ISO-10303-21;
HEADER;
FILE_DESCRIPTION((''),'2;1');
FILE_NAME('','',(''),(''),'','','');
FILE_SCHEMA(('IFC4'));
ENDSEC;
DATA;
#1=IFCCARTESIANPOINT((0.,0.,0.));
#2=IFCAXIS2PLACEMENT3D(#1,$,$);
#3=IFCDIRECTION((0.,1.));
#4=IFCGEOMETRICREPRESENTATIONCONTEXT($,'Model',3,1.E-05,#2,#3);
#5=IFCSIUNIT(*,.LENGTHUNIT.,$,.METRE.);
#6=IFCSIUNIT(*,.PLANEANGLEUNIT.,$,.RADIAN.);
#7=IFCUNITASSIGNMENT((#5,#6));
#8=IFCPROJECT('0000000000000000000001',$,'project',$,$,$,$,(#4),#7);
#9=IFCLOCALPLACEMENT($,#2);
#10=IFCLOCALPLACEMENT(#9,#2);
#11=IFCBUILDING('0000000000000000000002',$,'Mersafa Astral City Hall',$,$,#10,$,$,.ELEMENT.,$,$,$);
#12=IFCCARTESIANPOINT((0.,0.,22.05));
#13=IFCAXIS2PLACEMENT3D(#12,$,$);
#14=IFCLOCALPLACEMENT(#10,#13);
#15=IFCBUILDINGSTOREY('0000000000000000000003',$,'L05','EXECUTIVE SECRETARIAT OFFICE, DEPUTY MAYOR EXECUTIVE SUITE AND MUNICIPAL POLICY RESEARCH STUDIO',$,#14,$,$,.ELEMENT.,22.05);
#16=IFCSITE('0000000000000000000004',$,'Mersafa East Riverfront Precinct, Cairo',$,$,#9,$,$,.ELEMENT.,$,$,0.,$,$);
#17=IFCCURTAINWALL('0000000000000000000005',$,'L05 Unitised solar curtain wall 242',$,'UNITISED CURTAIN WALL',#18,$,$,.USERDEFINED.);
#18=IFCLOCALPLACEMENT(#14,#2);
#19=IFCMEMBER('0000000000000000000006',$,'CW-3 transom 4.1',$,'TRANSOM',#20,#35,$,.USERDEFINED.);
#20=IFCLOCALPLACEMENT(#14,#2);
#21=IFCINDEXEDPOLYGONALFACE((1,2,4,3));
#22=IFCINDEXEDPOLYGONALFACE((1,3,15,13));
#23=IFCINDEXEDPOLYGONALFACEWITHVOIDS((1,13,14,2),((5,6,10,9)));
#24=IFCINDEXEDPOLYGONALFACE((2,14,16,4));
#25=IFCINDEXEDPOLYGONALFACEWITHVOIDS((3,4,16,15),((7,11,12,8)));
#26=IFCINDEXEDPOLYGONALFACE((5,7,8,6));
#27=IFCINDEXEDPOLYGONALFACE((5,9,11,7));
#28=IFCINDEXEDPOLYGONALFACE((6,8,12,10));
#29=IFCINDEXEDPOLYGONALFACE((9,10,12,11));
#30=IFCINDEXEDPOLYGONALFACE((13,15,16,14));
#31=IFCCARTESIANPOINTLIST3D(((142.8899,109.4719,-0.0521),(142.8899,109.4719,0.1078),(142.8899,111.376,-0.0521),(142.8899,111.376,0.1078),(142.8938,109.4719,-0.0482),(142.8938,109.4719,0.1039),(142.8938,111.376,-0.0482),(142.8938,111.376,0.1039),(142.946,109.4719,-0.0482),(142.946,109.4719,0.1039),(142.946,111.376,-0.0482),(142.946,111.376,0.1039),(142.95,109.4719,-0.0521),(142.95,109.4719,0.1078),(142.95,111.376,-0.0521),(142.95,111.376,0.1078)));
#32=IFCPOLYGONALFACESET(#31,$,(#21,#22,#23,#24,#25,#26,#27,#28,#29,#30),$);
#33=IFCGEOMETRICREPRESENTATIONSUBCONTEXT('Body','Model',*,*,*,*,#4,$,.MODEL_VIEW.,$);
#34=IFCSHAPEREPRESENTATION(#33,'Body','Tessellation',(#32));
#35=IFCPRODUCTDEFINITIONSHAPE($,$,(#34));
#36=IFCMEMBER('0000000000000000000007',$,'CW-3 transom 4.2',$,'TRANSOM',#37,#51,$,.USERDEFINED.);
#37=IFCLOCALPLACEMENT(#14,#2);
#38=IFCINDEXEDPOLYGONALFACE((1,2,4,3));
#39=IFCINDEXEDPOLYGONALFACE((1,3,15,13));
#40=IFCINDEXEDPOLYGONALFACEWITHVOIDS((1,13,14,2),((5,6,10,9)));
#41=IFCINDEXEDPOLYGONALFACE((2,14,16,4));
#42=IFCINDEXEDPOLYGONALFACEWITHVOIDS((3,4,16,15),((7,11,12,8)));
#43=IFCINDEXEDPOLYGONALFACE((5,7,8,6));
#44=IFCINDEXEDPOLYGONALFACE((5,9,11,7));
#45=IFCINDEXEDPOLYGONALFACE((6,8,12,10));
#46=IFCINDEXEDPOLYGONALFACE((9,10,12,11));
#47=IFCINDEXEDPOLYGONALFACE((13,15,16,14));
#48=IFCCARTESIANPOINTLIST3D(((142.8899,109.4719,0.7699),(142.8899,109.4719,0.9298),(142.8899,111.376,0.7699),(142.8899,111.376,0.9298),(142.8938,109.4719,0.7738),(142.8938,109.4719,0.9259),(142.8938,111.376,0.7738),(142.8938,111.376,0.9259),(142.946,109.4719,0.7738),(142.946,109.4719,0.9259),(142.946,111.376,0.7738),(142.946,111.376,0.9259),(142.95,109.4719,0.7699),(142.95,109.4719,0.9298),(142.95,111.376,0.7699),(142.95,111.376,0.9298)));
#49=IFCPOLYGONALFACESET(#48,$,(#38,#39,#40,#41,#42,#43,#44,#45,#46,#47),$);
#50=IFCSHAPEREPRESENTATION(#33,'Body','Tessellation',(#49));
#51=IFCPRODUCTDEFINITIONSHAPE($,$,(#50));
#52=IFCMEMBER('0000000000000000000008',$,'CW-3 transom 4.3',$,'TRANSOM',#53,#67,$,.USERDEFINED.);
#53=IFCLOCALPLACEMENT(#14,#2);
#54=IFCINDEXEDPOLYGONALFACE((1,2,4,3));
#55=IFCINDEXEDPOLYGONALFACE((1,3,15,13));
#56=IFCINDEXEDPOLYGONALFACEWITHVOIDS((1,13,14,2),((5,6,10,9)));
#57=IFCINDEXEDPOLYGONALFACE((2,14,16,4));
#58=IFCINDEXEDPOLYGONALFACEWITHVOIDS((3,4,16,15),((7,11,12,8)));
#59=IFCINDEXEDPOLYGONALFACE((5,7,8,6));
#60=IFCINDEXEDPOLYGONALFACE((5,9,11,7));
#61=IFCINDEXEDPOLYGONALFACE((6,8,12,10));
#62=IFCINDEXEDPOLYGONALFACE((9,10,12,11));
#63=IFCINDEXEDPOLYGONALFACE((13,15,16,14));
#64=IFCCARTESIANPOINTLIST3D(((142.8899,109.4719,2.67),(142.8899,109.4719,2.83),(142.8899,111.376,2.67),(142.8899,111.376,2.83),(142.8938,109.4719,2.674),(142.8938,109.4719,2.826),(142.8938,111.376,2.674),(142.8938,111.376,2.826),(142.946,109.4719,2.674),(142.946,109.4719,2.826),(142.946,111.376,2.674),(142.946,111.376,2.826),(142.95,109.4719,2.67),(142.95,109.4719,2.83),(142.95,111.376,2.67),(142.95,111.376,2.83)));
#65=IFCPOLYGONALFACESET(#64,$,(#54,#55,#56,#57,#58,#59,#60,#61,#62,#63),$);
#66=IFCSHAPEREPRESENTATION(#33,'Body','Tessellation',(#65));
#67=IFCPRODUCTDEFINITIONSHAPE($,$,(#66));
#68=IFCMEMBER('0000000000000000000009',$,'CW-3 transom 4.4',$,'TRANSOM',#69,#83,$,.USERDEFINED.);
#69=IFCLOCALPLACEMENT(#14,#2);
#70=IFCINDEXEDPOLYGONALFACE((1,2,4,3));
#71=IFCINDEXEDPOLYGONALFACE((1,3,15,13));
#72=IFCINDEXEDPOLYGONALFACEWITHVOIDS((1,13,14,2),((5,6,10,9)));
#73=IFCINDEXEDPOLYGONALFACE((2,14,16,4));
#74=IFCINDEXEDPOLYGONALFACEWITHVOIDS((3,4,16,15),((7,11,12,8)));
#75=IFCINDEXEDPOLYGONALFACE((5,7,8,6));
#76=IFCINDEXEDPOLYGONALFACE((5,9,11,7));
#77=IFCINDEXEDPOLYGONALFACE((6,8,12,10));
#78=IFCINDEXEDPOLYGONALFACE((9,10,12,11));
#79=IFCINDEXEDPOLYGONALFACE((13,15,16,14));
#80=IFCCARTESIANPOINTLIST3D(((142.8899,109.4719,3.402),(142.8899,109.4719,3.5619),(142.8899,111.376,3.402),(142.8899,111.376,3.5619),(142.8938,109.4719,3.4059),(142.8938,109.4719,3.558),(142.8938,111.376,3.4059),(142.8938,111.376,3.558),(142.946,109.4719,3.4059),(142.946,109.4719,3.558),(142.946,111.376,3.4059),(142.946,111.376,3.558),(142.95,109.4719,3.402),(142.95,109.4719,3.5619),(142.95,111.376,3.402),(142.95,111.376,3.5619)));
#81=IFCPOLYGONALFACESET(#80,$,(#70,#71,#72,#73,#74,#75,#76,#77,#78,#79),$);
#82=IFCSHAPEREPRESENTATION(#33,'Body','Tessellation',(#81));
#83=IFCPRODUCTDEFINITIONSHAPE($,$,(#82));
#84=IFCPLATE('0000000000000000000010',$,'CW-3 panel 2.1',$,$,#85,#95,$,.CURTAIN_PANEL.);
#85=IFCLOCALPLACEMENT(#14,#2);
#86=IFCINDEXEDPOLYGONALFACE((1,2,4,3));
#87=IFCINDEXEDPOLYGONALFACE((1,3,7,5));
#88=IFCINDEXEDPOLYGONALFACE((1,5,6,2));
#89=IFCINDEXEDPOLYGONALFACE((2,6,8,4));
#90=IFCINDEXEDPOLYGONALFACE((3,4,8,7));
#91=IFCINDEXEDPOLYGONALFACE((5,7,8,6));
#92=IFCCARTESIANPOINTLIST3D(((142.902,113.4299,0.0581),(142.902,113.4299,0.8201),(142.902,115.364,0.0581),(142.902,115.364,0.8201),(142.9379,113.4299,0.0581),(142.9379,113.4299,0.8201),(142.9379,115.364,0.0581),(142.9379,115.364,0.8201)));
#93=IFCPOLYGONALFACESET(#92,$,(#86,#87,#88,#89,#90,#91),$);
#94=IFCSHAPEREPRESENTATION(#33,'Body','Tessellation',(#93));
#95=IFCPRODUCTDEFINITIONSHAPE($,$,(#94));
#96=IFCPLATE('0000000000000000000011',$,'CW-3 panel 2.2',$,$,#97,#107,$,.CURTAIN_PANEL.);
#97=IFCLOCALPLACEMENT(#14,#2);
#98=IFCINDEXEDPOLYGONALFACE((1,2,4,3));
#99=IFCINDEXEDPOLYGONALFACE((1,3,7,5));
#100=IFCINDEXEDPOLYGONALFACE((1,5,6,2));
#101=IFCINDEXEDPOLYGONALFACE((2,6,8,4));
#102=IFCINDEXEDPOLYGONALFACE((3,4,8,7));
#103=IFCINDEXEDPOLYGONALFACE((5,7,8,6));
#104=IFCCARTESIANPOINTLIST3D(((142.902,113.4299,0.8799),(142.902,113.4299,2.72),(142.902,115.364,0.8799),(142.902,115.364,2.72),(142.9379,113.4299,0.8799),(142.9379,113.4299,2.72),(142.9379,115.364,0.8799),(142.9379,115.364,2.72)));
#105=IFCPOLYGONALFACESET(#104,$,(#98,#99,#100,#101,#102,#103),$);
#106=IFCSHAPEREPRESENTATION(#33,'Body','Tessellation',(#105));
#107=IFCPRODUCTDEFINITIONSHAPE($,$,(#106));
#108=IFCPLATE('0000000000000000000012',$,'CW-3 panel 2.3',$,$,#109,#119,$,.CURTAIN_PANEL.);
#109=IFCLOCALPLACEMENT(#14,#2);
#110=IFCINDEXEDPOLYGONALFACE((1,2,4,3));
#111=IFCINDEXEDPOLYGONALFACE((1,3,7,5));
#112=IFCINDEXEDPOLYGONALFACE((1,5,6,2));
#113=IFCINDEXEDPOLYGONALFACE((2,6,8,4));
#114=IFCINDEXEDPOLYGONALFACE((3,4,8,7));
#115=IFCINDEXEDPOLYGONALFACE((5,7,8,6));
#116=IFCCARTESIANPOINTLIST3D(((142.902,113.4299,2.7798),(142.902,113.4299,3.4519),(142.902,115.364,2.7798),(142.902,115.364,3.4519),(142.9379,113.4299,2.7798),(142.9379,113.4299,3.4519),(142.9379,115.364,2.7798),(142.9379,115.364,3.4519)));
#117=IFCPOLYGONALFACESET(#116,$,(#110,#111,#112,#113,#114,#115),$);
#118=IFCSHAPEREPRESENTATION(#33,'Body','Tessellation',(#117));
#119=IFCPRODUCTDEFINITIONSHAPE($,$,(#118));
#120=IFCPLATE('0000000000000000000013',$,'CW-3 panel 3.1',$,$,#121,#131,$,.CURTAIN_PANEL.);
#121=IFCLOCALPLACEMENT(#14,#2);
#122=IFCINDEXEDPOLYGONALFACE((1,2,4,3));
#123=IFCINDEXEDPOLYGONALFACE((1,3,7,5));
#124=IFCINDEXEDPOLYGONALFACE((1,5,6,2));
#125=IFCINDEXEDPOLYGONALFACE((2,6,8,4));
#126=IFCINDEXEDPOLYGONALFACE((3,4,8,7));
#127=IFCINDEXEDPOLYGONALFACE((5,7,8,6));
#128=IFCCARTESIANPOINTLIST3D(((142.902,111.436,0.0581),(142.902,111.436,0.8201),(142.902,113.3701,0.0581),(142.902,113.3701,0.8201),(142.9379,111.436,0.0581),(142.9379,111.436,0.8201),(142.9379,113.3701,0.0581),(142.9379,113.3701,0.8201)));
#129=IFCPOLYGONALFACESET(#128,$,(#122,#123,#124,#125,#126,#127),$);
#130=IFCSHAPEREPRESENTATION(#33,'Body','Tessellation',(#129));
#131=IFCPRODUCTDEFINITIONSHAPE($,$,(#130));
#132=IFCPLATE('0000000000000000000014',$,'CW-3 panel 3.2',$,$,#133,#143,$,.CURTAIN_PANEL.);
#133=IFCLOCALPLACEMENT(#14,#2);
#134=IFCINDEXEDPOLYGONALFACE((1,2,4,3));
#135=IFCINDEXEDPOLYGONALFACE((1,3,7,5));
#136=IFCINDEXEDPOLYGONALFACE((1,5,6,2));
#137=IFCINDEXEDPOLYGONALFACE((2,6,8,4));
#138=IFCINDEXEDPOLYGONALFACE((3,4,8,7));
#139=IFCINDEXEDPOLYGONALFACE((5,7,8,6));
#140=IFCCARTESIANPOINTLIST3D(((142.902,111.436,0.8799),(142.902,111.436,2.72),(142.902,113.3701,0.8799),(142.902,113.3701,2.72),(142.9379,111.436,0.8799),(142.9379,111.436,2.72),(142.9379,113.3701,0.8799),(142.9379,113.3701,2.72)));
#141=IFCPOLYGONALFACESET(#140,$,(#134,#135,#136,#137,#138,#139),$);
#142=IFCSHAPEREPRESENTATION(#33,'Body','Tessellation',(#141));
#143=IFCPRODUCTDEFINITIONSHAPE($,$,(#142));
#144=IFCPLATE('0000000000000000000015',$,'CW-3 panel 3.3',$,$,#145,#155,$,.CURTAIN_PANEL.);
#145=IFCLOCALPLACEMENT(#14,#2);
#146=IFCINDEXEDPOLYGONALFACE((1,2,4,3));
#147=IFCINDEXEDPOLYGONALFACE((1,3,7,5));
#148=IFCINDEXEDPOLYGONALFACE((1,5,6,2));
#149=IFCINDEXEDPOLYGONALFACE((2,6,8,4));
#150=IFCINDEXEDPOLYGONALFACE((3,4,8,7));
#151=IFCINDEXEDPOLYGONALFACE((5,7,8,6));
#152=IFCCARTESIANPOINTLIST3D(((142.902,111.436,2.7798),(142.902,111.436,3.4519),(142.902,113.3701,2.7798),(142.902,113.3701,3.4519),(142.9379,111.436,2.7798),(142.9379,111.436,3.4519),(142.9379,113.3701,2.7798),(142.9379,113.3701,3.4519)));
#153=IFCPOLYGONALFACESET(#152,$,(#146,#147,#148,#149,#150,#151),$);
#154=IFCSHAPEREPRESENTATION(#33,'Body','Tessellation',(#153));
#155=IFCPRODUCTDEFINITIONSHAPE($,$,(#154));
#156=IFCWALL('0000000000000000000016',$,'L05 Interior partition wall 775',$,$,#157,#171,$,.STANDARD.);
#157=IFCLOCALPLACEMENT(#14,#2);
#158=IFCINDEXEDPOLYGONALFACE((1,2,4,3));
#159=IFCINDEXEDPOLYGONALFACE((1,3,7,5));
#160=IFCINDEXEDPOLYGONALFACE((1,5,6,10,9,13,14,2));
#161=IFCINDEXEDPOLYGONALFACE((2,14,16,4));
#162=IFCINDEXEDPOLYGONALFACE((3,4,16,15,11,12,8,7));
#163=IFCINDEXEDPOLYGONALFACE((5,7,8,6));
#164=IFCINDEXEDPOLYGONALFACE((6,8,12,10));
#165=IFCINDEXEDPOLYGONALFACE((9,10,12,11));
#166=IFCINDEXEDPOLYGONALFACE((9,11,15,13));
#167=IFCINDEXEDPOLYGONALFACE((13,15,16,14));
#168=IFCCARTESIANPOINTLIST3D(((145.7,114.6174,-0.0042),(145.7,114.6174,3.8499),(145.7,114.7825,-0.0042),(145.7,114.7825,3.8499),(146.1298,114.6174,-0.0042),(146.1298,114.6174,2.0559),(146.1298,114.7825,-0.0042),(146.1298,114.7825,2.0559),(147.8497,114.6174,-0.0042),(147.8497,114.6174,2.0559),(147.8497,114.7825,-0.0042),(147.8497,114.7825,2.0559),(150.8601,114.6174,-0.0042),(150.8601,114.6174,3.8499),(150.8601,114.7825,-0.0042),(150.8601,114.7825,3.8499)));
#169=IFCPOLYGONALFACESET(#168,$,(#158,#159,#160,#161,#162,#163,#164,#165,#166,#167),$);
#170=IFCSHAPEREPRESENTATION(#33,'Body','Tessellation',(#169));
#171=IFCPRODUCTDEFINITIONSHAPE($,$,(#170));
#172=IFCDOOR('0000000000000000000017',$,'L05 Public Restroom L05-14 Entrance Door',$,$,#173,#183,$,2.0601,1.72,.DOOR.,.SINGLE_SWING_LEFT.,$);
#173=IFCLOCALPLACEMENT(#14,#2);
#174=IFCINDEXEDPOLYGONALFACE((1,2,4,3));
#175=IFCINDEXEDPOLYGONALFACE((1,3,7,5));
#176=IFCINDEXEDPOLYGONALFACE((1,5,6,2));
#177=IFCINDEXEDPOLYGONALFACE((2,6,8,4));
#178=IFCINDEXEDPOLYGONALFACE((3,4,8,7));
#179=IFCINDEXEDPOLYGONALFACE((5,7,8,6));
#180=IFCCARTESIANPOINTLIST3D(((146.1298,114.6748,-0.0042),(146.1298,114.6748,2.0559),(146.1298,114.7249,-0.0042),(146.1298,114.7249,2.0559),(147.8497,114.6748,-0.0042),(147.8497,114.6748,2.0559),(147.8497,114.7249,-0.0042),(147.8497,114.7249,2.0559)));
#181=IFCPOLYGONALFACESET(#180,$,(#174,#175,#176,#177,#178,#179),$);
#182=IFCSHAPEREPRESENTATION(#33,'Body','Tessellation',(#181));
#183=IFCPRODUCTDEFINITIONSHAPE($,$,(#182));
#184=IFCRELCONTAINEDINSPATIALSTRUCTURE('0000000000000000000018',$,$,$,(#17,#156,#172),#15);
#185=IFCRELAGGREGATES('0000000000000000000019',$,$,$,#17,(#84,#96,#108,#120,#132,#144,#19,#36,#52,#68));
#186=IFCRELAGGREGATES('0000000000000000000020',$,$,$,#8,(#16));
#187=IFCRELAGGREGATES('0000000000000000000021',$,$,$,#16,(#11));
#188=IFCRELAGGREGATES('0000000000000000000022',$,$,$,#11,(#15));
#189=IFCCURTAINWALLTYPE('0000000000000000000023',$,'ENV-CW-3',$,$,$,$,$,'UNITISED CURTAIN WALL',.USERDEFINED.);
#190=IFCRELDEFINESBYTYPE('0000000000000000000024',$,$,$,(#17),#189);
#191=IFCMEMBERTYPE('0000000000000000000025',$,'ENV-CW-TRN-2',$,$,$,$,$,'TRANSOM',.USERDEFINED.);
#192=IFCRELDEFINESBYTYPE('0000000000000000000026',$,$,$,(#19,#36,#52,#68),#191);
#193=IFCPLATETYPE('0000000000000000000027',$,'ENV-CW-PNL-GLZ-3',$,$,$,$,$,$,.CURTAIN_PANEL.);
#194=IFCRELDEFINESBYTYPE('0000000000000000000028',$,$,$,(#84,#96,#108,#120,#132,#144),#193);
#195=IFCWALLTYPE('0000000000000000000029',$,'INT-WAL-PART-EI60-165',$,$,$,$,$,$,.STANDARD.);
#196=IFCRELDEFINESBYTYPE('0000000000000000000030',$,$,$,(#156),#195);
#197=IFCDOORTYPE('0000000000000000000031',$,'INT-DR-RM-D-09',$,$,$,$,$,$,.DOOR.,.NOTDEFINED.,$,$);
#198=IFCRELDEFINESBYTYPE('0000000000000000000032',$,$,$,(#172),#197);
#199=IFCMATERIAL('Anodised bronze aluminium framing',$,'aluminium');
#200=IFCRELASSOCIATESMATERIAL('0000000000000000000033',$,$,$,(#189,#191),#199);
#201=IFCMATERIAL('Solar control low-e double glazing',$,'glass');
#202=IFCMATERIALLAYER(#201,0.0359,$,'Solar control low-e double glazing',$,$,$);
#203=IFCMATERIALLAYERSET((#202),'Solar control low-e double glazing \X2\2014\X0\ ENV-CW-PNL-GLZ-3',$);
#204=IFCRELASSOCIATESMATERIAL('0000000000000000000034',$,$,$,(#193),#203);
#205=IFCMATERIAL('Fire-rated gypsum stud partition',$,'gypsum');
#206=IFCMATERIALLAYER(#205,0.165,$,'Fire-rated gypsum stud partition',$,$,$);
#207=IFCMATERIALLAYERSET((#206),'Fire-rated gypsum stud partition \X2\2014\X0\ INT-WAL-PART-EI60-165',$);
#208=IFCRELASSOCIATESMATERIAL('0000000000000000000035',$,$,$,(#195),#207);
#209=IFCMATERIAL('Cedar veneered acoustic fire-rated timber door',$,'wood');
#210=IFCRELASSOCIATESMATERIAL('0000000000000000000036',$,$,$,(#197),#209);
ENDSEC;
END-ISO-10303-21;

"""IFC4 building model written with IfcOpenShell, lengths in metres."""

from ifc_helpers import new_model, si_unit, direction, frame, frame_2d, origin, origin_2d, place, context, subcontext, project, spatial, rectangle, hollow_rectangle, extrude, material, layer, layer_set, material_profile, profile_set, type_object, element, fill, aggregate, save


model = new_model("IFC4")

# Units and contexts
model_context = context("Model", 3, precision=1e-05, world=origin(), true_north=direction((0.0, 1.0)))
body_context = subcontext(model_context, "Body", "Model", "MODEL_VIEW")
ifc_project = project(units=[si_unit("LENGTHUNIT", "METRE"), si_unit("PLANEANGLEUNIT", "RADIAN")], contexts=[model_context])

# Site, building, storey
site_placement = place(None, origin())
site = spatial("IfcSite", under=ifc_project, at=site_placement, Name="Mersafa East Riverfront Precinct, Cairo", CompositionType="ELEMENT", RefElevation=0.0)
building_placement = place(site_placement, origin())
building = spatial("IfcBuilding", under=site, at=building_placement, Name="Mersafa Astral City Hall", CompositionType="ELEMENT")
storey_placement = place(building_placement, frame((0.0, 0.0, 22.05)))
storey = spatial("IfcBuildingStorey", under=building, at=storey_placement, Name="L05", Description="EXECUTIVE SECRETARIAT OFFICE, DEPUTY MAYOR EXECUTIVE SUITE AND MUNICIPAL POLICY RESEARCH STUDIO", CompositionType="ELEMENT", Elevation=22.05)

# Curtain wall, members, plates
ifc_material_1 = material(Name="Anodised bronze aluminium framing", Category="aluminium")
curtain_wall_type = type_object("IfcCurtainWallType", Name="ENV-CW-3", ElementType="UNITISED CURTAIN WALL", PredefinedType="USERDEFINED", material=ifc_material_1)
curtain_wall_placement = place(storey_placement, origin())
curtain_wall = element("IfcCurtainWall", 1, at=curtain_wall_placement, inside=storey, type_object=curtain_wall_type, Name="L05 Unitised solar curtain wall 242", ObjectType="UNITISED CURTAIN WALL", PredefinedType="USERDEFINED")
ifc_material_profile_1 = material_profile(ifc_material_1, hollow_rectangle(XDim=0.0601, YDim=0.1599, WallThickness=0.0039, at=origin_2d()), Name="RHS 60x160x4")
ifc_profile_set_1 = profile_set([ifc_material_profile_1], Name="Anodised bronze aluminium framing")
member_type_1 = type_object("IfcMemberType", Name="ENV-CW-TRN-2", ElementType="TRANSOM", PredefinedType="USERDEFINED", material=ifc_profile_set_1)
member_1_placement = place(storey_placement, frame((142.9199, 111.376, 0.0278), z_axis=(0.0, -1.0, 0.0), x_axis=(1.0, 0.0, 0.0)))
member_1 = element("IfcMember", 2, at=member_1_placement, type_object=member_type_1, Name="CW-3 transom 4.1", ObjectType="TRANSOM", PredefinedType="USERDEFINED", context=body_context, shape_type="SweptSolid", body=[
    extrude(hollow_rectangle(XDim=0.0601, YDim=0.1599, WallThickness=0.0039, at=origin_2d()), origin(), (0.0, 0.0, 1.0), 1.9041),
])
member_2_placement = place(storey_placement, frame((142.9199, 111.376, 0.8499), z_axis=(0.0, -1.0, 0.0), x_axis=(1.0, 0.0, 0.0)))
member_2 = element("IfcMember", 3, at=member_2_placement, type_object=member_type_1, Name="CW-3 transom 4.2", ObjectType="TRANSOM", PredefinedType="USERDEFINED", context=body_context, shape_type="SweptSolid", body=[
    extrude(hollow_rectangle(XDim=0.0601, YDim=0.1599, WallThickness=0.0039, at=origin_2d()), origin(), (0.0, 0.0, 1.0), 1.9041),
])
member_3_placement = place(storey_placement, frame((142.9199, 111.376, 2.75), z_axis=(0.0, -1.0, 0.0), x_axis=(1.0, 0.0, 0.0)))
member_3 = element("IfcMember", 4, at=member_3_placement, type_object=member_type_1, Name="CW-3 transom 4.3", ObjectType="TRANSOM", PredefinedType="USERDEFINED", context=body_context, shape_type="SweptSolid", body=[
    extrude(hollow_rectangle(XDim=0.0601, YDim=0.1599, WallThickness=0.0039, at=origin_2d()), origin(), (0.0, 0.0, 1.0), 1.9041),
])
member_4_placement = place(storey_placement, frame((142.9199, 111.376, 3.4819), z_axis=(0.0, -1.0, 0.0), x_axis=(1.0, 0.0, 0.0)))
member_4 = element("IfcMember", 5, at=member_4_placement, type_object=member_type_1, Name="CW-3 transom 4.4", ObjectType="TRANSOM", PredefinedType="USERDEFINED", context=body_context, shape_type="SweptSolid", body=[
    extrude(hollow_rectangle(XDim=0.0601, YDim=0.1599, WallThickness=0.0039, at=origin_2d()), origin(), (0.0, 0.0, 1.0), 1.9041),
])
ifc_material_2 = material(Name="Solar control low-e double glazing", Category="glass")
ifc_layer_1 = layer(ifc_material_2, 0.0359, Name="Solar control low-e double glazing")
ifc_layer_set_1 = layer_set([ifc_layer_1], Name="Solar control low-e double glazing — ENV-CW-PNL-GLZ-3")
plate_type = type_object("IfcPlateType", Name="ENV-CW-PNL-GLZ-3", PredefinedType="CURTAIN_PANEL", material=ifc_layer_set_1)
plate_1_placement = place(storey_placement, frame((142.9199, 114.397, 0.0581), z_axis=(0.0, 0.0, 1.0), x_axis=(0.0, -1.0, 0.0)))
plate_1 = element("IfcPlate", 6, at=plate_1_placement, type_object=plate_type, Name="CW-3 panel 2.1", PredefinedType="CURTAIN_PANEL", context=body_context, shape_type="SweptSolid", body=[
    extrude(rectangle(XDim=1.9341, YDim=0.0359, at=origin_2d()), origin(), (0.0, 0.0, 1.0), 0.762),
])
plate_2_placement = place(storey_placement, frame((142.9199, 114.397, 0.8799), z_axis=(0.0, 0.0, 1.0), x_axis=(0.0, -1.0, 0.0)))
plate_2 = element("IfcPlate", 7, at=plate_2_placement, type_object=plate_type, Name="CW-3 panel 2.2", PredefinedType="CURTAIN_PANEL", context=body_context, shape_type="SweptSolid", body=[
    extrude(rectangle(XDim=1.9341, YDim=0.0359, at=origin_2d()), origin(), (0.0, 0.0, 1.0), 1.8401),
])
plate_3_placement = place(storey_placement, frame((142.9199, 114.397, 2.7798), z_axis=(0.0, 0.0, 1.0), x_axis=(0.0, -1.0, 0.0)))
plate_3 = element("IfcPlate", 8, at=plate_3_placement, type_object=plate_type, Name="CW-3 panel 2.3", PredefinedType="CURTAIN_PANEL", context=body_context, shape_type="SweptSolid", body=[
    extrude(rectangle(XDim=1.9341, YDim=0.0359, at=origin_2d()), origin(), (0.0, 0.0, 1.0), 0.6721),
])
plate_4_placement = place(storey_placement, frame((142.9199, 112.4031, 0.0581), z_axis=(0.0, 0.0, 1.0), x_axis=(0.0, -1.0, 0.0)))
plate_4 = element("IfcPlate", 9, at=plate_4_placement, type_object=plate_type, Name="CW-3 panel 3.1", PredefinedType="CURTAIN_PANEL", context=body_context, shape_type="SweptSolid", body=[
    extrude(rectangle(XDim=1.9341, YDim=0.0359, at=origin_2d()), origin(), (0.0, 0.0, 1.0), 0.762),
])
plate_5_placement = place(storey_placement, frame((142.9199, 112.4031, 0.8799), z_axis=(0.0, 0.0, 1.0), x_axis=(0.0, -1.0, 0.0)))
plate_5 = element("IfcPlate", 10, at=plate_5_placement, type_object=plate_type, Name="CW-3 panel 3.2", PredefinedType="CURTAIN_PANEL", context=body_context, shape_type="SweptSolid", body=[
    extrude(rectangle(XDim=1.9341, YDim=0.0359, at=origin_2d()), origin(), (0.0, 0.0, 1.0), 1.8401),
])
plate_6_placement = place(storey_placement, frame((142.9199, 112.4031, 2.7798), z_axis=(0.0, 0.0, 1.0), x_axis=(0.0, -1.0, 0.0)))
plate_6 = element("IfcPlate", 11, at=plate_6_placement, type_object=plate_type, Name="CW-3 panel 3.3", PredefinedType="CURTAIN_PANEL", context=body_context, shape_type="SweptSolid", body=[
    extrude(rectangle(XDim=1.9341, YDim=0.0359, at=origin_2d()), origin(), (0.0, 0.0, 1.0), 0.6721),
])
aggregate(curtain_wall, [plate_1, plate_2, plate_3, plate_4, plate_5, plate_6, member_1, member_2, member_3, member_4])

# Wall, opening, door
ifc_material_3 = material(Name="Fire-rated gypsum stud partition", Category="gypsum")
ifc_layer_2 = layer(ifc_material_3, 0.165, Name="Fire-rated gypsum stud partition")
ifc_layer_set_2 = layer_set([ifc_layer_2], Name="Fire-rated gypsum stud partition — INT-WAL-PART-EI60-165")
wall_type = type_object("IfcWallType", Name="INT-WAL-PART-EI60-165", PredefinedType="STANDARD", material=ifc_layer_set_2)
wall_placement = place(storey_placement, frame((145.7, 114.7, -0.0042), z_axis=(0.0, 0.0, 1.0), x_axis=(1.0, 0.0, 0.0)))
wall = element("IfcWall", 12, at=wall_placement, inside=storey, type_object=wall_type, Name="L05 Interior partition wall 775", PredefinedType="STANDARD", context=body_context, shape_type="SweptSolid", body=[
    extrude(rectangle(XDim=5.1602, YDim=0.165, at=frame_2d((2.5801, 0.0))), origin(), (0.0, 0.0, 1.0), 3.854),
])
opening_placement = place(wall_placement, frame((0.4299, 0.0, 0.0)))
opening = element("IfcOpeningElement", 13, at=opening_placement, cuts=wall, PredefinedType="OPENING", context=body_context, shape_type="SweptSolid", body=[
    extrude(rectangle(XDim=1.72, YDim=2.0601, at=frame_2d((0.8599, 1.03))), frame((0.0, 0.0925, 0.0), z_axis=(0.0, -1.0, 0.0), x_axis=(1.0, 0.0, 0.0)), (0.0, 0.0, 1.0), 0.1851),
])
ifc_material_4 = material(Name="Cedar veneered acoustic fire-rated timber door", Category="wood")
door_type = type_object("IfcDoorType", Name="INT-DR-RM-D-09", OperationType="NOTDEFINED", PredefinedType="DOOR", material=ifc_material_4)
door_placement = place(opening_placement, origin())
door = element("IfcDoor", 14, at=door_placement, inside=storey, type_object=door_type, Name="L05 Public Restroom L05-14 Entrance Door", OperationType="SINGLE_SWING_LEFT", OverallHeight=2.0601, OverallWidth=1.72, PredefinedType="DOOR", context=body_context, shape_type="SweptSolid", body=[
    extrude(rectangle(XDim=1.72, YDim=2.0601, at=frame_2d((0.8599, 1.03))), frame((0.0, 0.0249, 0.0), z_axis=(0.0, -1.0, 0.0), x_axis=(1.0, 0.0, 0.0)), (0.0, 0.0, 1.0), 0.05),
])
fill(opening, door)

save(model, "model.ifc")
